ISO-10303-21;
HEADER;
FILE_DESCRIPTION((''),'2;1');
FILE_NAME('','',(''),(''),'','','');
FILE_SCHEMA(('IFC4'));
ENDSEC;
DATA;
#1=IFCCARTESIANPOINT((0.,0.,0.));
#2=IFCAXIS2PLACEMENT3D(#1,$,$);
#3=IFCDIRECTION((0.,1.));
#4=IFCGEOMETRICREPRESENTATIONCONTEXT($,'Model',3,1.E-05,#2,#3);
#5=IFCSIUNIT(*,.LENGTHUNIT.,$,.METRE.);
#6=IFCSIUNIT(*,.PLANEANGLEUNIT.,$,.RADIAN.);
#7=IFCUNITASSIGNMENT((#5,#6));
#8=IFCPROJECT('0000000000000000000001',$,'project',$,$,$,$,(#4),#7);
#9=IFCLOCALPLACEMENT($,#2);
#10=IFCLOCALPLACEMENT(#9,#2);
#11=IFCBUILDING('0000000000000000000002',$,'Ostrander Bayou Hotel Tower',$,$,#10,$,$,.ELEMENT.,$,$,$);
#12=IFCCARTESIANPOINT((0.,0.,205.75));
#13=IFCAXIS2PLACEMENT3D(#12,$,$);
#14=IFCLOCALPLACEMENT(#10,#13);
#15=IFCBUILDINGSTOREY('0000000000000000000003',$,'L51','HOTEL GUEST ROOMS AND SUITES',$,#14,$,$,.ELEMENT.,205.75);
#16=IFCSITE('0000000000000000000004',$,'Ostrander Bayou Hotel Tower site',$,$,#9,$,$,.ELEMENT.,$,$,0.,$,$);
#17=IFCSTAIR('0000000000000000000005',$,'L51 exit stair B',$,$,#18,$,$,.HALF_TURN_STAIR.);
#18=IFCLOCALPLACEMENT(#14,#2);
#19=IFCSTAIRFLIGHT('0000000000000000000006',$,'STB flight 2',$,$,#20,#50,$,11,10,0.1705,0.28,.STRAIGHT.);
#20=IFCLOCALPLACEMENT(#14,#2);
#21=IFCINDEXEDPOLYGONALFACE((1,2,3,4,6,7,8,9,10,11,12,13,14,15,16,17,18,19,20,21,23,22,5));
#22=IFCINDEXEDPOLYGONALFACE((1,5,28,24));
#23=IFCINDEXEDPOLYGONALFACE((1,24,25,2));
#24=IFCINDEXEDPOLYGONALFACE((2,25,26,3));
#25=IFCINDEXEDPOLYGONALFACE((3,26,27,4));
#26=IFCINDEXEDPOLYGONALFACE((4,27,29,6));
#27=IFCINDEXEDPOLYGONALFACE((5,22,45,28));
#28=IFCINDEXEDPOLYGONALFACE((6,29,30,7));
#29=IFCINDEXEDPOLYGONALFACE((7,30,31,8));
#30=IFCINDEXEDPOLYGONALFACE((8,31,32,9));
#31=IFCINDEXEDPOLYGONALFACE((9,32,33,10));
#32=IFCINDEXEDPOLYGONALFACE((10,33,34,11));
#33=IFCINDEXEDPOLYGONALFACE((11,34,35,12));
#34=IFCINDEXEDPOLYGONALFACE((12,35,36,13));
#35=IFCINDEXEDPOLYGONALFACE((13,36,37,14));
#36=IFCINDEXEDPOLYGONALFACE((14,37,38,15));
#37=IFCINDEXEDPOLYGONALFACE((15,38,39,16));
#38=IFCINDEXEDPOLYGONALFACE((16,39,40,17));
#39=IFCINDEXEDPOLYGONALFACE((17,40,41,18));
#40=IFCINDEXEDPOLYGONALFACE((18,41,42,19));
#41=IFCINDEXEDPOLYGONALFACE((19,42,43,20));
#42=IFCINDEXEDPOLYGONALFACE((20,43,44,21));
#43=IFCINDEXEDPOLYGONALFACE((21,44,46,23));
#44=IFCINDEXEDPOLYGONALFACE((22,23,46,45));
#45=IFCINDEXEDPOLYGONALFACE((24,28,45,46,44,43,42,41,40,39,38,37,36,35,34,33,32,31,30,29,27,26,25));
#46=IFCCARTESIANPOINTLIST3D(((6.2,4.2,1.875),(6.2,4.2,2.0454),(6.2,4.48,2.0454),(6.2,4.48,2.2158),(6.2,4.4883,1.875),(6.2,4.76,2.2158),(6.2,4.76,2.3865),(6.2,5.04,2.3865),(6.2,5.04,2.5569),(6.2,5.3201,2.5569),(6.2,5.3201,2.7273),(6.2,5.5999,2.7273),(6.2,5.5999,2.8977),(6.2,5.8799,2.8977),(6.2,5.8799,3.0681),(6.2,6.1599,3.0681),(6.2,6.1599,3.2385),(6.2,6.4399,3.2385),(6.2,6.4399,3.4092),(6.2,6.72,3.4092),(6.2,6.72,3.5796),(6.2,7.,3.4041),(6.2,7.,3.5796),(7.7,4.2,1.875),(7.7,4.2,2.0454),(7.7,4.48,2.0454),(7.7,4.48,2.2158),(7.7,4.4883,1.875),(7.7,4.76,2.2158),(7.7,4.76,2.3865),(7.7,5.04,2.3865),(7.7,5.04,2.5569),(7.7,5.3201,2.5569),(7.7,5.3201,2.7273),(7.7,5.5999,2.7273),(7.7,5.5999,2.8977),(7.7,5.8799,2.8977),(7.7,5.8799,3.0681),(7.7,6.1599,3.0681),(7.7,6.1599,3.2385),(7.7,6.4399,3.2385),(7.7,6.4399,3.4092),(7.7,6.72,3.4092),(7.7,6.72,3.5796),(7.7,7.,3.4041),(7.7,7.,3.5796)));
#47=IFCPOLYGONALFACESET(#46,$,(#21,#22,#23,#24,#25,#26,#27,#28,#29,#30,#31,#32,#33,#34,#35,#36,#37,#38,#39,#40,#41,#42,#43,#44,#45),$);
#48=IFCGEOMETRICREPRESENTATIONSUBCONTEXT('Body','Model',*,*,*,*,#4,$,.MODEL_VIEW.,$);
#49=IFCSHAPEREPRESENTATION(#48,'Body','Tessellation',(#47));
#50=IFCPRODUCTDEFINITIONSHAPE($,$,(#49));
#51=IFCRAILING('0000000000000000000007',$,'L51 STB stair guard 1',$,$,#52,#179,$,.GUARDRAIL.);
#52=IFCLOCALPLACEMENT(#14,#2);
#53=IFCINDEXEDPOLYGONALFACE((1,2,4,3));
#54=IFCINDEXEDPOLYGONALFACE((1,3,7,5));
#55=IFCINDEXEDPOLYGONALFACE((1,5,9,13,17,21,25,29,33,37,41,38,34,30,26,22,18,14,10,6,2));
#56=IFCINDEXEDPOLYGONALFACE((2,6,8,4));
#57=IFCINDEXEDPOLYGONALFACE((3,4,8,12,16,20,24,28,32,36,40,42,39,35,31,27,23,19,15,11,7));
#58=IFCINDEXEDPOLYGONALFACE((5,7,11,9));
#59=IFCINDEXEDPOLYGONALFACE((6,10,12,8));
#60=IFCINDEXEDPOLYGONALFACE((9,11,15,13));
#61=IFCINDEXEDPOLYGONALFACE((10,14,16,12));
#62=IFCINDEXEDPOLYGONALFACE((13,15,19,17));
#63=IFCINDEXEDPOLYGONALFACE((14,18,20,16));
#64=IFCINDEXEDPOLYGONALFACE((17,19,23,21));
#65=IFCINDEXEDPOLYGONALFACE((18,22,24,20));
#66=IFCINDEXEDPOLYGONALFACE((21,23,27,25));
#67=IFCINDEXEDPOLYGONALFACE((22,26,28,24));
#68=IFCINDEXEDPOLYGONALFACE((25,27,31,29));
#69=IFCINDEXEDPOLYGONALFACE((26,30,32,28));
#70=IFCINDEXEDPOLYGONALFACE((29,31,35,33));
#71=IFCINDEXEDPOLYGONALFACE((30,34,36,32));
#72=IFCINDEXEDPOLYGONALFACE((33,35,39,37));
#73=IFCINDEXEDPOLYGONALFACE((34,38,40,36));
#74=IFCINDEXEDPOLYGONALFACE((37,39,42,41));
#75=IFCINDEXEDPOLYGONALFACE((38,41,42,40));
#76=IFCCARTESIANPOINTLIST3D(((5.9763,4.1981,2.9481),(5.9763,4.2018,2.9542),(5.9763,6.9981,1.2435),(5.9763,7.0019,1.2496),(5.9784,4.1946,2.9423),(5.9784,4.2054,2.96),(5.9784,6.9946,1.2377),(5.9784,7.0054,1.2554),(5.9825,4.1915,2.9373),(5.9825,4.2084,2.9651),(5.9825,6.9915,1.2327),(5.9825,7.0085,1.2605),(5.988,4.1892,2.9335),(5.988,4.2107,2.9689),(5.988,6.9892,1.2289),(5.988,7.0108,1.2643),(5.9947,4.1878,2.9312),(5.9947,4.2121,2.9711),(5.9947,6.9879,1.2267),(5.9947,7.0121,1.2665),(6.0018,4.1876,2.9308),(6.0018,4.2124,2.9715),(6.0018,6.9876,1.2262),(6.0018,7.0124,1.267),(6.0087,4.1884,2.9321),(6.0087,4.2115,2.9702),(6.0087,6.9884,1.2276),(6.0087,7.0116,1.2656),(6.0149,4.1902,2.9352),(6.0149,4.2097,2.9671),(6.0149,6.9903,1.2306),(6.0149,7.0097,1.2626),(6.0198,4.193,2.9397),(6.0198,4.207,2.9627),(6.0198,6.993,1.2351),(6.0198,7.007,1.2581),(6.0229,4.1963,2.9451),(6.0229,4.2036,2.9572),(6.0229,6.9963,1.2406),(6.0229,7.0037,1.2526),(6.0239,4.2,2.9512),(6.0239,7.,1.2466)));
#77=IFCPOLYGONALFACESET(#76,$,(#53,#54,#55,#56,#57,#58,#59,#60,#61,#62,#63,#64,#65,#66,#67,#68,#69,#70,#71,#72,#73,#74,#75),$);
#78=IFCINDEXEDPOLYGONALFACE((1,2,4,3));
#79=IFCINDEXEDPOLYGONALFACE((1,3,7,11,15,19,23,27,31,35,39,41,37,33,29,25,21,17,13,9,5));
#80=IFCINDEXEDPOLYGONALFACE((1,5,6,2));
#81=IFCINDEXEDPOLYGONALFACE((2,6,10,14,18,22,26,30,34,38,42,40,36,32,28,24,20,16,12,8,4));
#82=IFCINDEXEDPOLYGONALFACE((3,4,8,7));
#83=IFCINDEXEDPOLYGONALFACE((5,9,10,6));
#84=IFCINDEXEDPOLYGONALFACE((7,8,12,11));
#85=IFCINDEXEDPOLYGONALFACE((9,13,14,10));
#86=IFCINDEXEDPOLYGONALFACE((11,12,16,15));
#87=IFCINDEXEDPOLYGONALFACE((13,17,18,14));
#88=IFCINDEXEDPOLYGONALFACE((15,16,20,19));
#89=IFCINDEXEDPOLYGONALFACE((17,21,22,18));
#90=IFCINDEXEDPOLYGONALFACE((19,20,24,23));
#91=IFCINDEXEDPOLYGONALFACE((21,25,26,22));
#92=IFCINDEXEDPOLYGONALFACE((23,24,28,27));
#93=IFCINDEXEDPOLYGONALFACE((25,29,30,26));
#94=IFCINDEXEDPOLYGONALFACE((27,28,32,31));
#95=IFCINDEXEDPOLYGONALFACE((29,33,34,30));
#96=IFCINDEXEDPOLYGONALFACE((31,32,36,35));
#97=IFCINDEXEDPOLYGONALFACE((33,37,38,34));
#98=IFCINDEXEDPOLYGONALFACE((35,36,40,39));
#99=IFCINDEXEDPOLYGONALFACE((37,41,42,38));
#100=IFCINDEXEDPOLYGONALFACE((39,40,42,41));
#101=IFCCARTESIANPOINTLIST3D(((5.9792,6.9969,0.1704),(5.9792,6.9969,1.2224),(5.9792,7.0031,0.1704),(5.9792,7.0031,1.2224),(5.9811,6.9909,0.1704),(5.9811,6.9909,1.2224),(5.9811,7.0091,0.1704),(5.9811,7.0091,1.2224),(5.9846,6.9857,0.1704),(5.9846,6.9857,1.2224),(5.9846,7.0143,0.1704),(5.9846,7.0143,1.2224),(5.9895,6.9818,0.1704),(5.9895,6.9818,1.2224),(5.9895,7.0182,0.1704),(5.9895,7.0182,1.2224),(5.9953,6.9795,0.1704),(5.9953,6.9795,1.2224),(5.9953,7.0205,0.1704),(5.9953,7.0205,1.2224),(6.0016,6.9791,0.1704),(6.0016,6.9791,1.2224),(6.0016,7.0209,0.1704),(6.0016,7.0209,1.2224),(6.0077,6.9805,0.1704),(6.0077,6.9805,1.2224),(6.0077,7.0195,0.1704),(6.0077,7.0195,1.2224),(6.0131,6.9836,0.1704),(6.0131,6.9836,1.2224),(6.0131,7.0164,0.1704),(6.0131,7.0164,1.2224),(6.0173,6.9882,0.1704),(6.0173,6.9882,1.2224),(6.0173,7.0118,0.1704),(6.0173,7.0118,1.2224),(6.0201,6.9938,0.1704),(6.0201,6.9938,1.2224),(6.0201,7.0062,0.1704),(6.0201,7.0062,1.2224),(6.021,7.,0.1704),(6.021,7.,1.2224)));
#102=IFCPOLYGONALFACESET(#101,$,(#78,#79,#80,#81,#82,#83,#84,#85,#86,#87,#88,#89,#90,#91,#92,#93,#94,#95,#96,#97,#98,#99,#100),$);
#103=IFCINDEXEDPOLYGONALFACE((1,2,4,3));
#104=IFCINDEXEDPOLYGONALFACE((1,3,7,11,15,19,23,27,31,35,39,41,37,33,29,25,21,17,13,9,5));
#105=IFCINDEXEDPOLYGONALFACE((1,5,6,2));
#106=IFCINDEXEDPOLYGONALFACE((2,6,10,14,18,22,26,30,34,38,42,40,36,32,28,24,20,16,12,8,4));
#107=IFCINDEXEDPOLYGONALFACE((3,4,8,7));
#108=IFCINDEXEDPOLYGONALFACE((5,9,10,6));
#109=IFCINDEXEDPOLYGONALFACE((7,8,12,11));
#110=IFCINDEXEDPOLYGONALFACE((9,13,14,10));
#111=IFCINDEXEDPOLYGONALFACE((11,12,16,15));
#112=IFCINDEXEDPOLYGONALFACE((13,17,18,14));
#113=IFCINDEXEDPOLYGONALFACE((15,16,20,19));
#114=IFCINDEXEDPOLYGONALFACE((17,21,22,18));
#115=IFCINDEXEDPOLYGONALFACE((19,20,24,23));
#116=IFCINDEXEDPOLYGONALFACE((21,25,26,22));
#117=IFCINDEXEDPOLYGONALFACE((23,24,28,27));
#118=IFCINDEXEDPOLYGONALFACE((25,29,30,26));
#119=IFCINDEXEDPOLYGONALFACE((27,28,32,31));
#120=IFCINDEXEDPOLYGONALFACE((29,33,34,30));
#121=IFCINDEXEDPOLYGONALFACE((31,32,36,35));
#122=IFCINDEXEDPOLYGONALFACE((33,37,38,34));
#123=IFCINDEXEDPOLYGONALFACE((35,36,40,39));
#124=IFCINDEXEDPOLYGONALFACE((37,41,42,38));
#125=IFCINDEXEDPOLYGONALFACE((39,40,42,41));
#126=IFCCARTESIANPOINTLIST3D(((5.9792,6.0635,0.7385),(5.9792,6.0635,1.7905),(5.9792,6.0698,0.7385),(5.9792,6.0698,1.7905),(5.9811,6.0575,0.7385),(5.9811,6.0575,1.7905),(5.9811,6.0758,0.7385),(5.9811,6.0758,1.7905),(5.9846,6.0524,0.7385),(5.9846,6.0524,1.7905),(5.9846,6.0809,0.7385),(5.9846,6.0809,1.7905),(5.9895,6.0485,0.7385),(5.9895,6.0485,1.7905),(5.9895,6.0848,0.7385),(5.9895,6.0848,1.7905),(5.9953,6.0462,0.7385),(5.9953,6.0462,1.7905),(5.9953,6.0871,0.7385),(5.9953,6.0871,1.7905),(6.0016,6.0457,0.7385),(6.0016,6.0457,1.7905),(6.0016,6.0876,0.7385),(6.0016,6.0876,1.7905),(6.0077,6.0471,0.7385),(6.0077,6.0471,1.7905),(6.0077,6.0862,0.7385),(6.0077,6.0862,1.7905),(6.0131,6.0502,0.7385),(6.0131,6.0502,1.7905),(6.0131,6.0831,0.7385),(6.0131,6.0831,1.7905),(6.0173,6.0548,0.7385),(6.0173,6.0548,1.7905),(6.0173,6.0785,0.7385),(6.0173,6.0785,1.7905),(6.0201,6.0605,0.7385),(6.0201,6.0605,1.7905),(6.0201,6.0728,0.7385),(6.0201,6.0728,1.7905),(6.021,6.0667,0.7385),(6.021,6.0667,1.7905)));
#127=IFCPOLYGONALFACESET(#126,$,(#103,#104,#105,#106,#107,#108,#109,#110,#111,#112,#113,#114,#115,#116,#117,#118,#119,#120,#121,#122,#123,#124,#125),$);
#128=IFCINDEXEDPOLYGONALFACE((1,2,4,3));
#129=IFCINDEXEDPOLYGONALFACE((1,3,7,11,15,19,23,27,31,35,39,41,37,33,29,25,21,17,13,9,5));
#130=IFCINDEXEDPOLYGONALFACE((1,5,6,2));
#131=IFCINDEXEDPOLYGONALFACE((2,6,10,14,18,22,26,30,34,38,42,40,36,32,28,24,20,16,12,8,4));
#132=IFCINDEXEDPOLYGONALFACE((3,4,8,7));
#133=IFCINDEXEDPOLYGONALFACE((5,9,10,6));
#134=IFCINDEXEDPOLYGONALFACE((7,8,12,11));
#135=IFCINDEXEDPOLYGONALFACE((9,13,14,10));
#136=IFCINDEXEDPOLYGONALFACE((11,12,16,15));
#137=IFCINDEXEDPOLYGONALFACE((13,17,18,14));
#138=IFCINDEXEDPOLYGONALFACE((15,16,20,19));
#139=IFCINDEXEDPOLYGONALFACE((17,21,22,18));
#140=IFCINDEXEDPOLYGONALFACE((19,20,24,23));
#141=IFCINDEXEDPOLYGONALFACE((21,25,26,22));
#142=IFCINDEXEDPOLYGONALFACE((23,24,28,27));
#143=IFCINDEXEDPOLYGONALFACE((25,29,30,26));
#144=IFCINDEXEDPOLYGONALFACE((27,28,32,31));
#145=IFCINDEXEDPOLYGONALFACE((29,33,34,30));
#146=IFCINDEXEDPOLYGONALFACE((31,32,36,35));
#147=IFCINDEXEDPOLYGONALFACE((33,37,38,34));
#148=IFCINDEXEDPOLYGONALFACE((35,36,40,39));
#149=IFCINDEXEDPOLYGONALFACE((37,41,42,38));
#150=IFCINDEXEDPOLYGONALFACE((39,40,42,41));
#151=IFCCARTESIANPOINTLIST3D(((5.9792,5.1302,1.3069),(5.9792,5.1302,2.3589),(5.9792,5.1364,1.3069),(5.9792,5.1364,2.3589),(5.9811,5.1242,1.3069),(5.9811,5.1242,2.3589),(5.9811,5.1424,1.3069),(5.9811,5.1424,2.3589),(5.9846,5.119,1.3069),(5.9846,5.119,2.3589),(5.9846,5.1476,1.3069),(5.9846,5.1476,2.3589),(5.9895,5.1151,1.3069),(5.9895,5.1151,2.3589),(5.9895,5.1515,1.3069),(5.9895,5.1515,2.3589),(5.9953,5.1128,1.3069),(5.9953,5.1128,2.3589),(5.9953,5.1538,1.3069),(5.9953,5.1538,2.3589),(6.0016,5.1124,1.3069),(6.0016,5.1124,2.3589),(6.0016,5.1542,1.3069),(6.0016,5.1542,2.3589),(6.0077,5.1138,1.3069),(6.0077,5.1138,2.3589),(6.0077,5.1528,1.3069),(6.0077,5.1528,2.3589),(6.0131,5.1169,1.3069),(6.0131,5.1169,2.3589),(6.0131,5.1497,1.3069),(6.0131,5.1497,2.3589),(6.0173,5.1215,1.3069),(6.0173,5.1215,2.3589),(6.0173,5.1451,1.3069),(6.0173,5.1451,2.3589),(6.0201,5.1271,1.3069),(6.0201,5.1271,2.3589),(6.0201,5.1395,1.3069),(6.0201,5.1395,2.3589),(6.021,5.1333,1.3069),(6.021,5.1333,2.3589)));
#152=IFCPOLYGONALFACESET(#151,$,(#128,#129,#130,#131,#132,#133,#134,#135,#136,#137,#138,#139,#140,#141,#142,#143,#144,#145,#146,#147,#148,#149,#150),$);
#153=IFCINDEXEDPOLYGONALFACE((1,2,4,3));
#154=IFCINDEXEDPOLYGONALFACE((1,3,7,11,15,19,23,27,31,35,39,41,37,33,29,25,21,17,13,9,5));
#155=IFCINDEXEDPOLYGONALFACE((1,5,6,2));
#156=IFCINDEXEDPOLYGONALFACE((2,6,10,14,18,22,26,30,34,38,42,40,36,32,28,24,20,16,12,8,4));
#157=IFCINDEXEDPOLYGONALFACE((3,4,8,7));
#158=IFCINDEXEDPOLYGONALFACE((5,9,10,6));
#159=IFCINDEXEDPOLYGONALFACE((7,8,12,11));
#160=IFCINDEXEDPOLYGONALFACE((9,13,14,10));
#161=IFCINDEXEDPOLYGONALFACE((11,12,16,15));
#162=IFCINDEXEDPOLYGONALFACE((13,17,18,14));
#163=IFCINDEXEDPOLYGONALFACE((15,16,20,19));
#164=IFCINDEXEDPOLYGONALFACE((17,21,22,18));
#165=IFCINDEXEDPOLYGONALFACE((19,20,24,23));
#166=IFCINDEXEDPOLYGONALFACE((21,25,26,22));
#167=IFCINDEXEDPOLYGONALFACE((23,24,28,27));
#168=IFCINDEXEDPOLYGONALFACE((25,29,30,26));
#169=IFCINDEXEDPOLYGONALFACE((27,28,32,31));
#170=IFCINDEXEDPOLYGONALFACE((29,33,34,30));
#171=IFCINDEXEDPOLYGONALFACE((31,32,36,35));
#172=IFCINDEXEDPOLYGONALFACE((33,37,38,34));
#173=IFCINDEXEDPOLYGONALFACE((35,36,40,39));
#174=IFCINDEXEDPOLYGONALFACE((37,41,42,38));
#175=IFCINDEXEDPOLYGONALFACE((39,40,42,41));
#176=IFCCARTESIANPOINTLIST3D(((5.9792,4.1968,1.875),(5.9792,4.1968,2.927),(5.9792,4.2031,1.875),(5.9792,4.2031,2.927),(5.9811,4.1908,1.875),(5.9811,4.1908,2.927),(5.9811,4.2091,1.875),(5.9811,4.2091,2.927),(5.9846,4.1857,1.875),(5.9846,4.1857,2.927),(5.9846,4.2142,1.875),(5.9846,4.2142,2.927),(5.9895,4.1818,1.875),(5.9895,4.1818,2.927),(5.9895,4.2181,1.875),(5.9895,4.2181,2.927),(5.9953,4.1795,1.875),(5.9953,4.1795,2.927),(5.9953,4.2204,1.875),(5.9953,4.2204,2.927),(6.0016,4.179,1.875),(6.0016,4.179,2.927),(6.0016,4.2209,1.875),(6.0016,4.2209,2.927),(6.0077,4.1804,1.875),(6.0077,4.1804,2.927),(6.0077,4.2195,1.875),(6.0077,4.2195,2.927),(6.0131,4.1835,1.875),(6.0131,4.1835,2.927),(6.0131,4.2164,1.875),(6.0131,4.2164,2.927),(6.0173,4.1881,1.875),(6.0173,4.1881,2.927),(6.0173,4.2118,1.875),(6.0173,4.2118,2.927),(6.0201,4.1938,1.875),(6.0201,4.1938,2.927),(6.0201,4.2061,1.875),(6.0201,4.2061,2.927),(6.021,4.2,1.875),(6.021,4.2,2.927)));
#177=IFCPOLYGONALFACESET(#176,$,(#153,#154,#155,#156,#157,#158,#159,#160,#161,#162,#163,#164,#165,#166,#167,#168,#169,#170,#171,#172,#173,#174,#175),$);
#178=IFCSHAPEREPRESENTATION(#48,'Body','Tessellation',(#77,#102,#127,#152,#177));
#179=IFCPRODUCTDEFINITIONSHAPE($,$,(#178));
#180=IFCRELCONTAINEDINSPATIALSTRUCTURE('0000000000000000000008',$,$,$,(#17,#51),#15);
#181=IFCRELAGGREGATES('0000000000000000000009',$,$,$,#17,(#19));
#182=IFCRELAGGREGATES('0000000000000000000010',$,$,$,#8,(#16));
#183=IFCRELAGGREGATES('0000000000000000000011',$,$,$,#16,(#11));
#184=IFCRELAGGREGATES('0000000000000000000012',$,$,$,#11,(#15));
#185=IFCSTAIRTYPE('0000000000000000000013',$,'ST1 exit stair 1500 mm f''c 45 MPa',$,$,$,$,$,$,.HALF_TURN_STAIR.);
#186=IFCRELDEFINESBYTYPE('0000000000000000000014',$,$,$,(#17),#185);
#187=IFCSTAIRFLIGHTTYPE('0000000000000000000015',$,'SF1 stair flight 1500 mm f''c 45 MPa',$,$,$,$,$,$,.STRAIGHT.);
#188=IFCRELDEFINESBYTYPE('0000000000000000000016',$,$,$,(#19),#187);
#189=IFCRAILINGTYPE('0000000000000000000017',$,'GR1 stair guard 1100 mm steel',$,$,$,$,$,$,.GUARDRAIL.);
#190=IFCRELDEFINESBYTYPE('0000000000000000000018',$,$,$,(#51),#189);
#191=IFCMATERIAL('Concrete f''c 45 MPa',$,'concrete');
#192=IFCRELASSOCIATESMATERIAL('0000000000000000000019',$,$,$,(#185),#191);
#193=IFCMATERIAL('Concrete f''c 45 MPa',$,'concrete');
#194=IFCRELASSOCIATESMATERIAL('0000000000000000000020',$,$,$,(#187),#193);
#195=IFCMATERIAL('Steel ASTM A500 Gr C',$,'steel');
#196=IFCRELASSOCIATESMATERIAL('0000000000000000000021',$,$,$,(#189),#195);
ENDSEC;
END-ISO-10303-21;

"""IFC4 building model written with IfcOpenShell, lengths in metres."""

from ifc_helpers import new_model, si_unit, direction, frame, origin, origin_2d, place, context, subcontext, project, spatial, polyline, circle, outline, extrude, material, type_object, element, aggregate, save


model = new_model("IFC4")

# Units and contexts
model_context = context("Model", 3, precision=1e-05, world=origin(), true_north=direction((0.0, 1.0)))
body_context = subcontext(model_context, "Body", "Model", "MODEL_VIEW")
ifc_project = project(units=[si_unit("LENGTHUNIT", "METRE"), si_unit("PLANEANGLEUNIT", "RADIAN")], contexts=[model_context])

# Site, building, storey
site_placement = place(None, origin())
site = spatial("IfcSite", under=ifc_project, at=site_placement, Name="Ostrander Bayou Hotel Tower site", CompositionType="ELEMENT", RefElevation=0.0)
building_placement = place(site_placement, origin())
building = spatial("IfcBuilding", under=site, at=building_placement, Name="Ostrander Bayou Hotel Tower", CompositionType="ELEMENT")
storey_placement = place(building_placement, frame((0.0, 0.0, 205.75)))
storey = spatial("IfcBuildingStorey", under=building, at=storey_placement, Name="L51", Description="HOTEL GUEST ROOMS AND SUITES", CompositionType="ELEMENT", Elevation=205.75)

# Stair, stair flight
ifc_material_1 = material(Name="Concrete f'c 45 MPa", Category="concrete")
stair_type = type_object("IfcStairType", Name="ST1 exit stair 1500 mm f'c 45 MPa", PredefinedType="HALF_TURN_STAIR", material=ifc_material_1)
stair_placement = place(storey_placement, origin())
stair = element("IfcStair", 1, at=stair_placement, inside=storey, type_object=stair_type, Name="L51 exit stair B", PredefinedType="HALF_TURN_STAIR")
ifc_material_2 = material(Name="Concrete f'c 45 MPa", Category="concrete")
stair_flight_type = type_object("IfcStairFlightType", Name="SF1 stair flight 1500 mm f'c 45 MPa", PredefinedType="STRAIGHT", material=ifc_material_2)
stair_flight_1_placement = place(storey_placement, frame((6.95, 4.2, 1.875), z_axis=(0.0, 0.0, 1.0), x_axis=(0.0, 1.0, 0.0)))
stair_flight_1 = element("IfcStairFlight", 2, at=stair_flight_1_placement, type_object=stair_flight_type, Name="STB flight 2", NumberOfRisers=11, NumberOfTreads=10, PredefinedType="STRAIGHT", RiserHeight=0.1705, TreadLength=0.28, context=body_context, shape_type="SweptSolid", body=[
    extrude(outline(polyline([(0.0, 0.0), (0.0, 0.1704), (0.28, 0.1704), (0.28, 0.3408), (0.5601, 0.3408), (0.5601, 0.5115), (0.8401, 0.5115), (0.8401, 0.6819), (1.1201, 0.6819), (1.1201, 0.8523), (1.3999, 0.8523), (1.3999, 1.0227), (1.6799, 1.0227), (1.6799, 1.1931), (1.96, 1.1931), (1.96, 1.3635), (2.24, 1.3635), (2.24, 1.5342), (2.52, 1.5342), (2.52, 1.7046), (2.8, 1.7046), (2.8, 1.875), (2.8, 1.5291), (0.2883, 0.0), (0.0, 0.0)])), frame((0.0, 0.75, 0.0), z_axis=(0.0, -1.0, 0.0), x_axis=(1.0, 0.0, 0.0)), (0.0, 0.0, 1.0), 1.5),
])
aggregate(stair, [stair_flight_1])

# Railing
ifc_material_3 = material(Name="Steel ASTM A500 Gr C", Category="steel")
railing_type_1 = type_object("IfcRailingType", Name="GR1 stair guard 1100 mm steel", PredefinedType="GUARDRAIL", material=ifc_material_3)
railing_1_placement = place(storey_placement, frame((6.0, 7.0, 0.1704)))
element("IfcRailing", 3, at=railing_1_placement, inside=storey, type_object=railing_type_1, Name="L51 STB stair guard 1", PredefinedType="GUARDRAIL", context=body_context, shape_type="SweptSolid", body=[
    extrude(circle(Radius=0.0239, at=origin_2d()), frame((0.0, 0.0, 1.0762), z_axis=(0.0, -0.85417, 0.519994), x_axis=(1.0, 0.0, 0.0)), (0.0, 0.0, 1.0), 3.2781),
    extrude(circle(Radius=0.021, at=origin_2d()), origin(), (0.0, 0.0, 1.0), 1.052),
    extrude(circle(Radius=0.021, at=origin_2d()), frame((0.0, -0.9333, 0.5681)), (0.0, 0.0, 1.0), 1.052),
    extrude(circle(Radius=0.021, at=origin_2d()), frame((0.0, -1.8667, 1.1365)), (0.0, 0.0, 1.0), 1.052),
    extrude(circle(Radius=0.021, at=origin_2d()), frame((0.0, -2.8, 1.7046)), (0.0, 0.0, 1.0), 1.052),
])

save(model, "model.ifc")
